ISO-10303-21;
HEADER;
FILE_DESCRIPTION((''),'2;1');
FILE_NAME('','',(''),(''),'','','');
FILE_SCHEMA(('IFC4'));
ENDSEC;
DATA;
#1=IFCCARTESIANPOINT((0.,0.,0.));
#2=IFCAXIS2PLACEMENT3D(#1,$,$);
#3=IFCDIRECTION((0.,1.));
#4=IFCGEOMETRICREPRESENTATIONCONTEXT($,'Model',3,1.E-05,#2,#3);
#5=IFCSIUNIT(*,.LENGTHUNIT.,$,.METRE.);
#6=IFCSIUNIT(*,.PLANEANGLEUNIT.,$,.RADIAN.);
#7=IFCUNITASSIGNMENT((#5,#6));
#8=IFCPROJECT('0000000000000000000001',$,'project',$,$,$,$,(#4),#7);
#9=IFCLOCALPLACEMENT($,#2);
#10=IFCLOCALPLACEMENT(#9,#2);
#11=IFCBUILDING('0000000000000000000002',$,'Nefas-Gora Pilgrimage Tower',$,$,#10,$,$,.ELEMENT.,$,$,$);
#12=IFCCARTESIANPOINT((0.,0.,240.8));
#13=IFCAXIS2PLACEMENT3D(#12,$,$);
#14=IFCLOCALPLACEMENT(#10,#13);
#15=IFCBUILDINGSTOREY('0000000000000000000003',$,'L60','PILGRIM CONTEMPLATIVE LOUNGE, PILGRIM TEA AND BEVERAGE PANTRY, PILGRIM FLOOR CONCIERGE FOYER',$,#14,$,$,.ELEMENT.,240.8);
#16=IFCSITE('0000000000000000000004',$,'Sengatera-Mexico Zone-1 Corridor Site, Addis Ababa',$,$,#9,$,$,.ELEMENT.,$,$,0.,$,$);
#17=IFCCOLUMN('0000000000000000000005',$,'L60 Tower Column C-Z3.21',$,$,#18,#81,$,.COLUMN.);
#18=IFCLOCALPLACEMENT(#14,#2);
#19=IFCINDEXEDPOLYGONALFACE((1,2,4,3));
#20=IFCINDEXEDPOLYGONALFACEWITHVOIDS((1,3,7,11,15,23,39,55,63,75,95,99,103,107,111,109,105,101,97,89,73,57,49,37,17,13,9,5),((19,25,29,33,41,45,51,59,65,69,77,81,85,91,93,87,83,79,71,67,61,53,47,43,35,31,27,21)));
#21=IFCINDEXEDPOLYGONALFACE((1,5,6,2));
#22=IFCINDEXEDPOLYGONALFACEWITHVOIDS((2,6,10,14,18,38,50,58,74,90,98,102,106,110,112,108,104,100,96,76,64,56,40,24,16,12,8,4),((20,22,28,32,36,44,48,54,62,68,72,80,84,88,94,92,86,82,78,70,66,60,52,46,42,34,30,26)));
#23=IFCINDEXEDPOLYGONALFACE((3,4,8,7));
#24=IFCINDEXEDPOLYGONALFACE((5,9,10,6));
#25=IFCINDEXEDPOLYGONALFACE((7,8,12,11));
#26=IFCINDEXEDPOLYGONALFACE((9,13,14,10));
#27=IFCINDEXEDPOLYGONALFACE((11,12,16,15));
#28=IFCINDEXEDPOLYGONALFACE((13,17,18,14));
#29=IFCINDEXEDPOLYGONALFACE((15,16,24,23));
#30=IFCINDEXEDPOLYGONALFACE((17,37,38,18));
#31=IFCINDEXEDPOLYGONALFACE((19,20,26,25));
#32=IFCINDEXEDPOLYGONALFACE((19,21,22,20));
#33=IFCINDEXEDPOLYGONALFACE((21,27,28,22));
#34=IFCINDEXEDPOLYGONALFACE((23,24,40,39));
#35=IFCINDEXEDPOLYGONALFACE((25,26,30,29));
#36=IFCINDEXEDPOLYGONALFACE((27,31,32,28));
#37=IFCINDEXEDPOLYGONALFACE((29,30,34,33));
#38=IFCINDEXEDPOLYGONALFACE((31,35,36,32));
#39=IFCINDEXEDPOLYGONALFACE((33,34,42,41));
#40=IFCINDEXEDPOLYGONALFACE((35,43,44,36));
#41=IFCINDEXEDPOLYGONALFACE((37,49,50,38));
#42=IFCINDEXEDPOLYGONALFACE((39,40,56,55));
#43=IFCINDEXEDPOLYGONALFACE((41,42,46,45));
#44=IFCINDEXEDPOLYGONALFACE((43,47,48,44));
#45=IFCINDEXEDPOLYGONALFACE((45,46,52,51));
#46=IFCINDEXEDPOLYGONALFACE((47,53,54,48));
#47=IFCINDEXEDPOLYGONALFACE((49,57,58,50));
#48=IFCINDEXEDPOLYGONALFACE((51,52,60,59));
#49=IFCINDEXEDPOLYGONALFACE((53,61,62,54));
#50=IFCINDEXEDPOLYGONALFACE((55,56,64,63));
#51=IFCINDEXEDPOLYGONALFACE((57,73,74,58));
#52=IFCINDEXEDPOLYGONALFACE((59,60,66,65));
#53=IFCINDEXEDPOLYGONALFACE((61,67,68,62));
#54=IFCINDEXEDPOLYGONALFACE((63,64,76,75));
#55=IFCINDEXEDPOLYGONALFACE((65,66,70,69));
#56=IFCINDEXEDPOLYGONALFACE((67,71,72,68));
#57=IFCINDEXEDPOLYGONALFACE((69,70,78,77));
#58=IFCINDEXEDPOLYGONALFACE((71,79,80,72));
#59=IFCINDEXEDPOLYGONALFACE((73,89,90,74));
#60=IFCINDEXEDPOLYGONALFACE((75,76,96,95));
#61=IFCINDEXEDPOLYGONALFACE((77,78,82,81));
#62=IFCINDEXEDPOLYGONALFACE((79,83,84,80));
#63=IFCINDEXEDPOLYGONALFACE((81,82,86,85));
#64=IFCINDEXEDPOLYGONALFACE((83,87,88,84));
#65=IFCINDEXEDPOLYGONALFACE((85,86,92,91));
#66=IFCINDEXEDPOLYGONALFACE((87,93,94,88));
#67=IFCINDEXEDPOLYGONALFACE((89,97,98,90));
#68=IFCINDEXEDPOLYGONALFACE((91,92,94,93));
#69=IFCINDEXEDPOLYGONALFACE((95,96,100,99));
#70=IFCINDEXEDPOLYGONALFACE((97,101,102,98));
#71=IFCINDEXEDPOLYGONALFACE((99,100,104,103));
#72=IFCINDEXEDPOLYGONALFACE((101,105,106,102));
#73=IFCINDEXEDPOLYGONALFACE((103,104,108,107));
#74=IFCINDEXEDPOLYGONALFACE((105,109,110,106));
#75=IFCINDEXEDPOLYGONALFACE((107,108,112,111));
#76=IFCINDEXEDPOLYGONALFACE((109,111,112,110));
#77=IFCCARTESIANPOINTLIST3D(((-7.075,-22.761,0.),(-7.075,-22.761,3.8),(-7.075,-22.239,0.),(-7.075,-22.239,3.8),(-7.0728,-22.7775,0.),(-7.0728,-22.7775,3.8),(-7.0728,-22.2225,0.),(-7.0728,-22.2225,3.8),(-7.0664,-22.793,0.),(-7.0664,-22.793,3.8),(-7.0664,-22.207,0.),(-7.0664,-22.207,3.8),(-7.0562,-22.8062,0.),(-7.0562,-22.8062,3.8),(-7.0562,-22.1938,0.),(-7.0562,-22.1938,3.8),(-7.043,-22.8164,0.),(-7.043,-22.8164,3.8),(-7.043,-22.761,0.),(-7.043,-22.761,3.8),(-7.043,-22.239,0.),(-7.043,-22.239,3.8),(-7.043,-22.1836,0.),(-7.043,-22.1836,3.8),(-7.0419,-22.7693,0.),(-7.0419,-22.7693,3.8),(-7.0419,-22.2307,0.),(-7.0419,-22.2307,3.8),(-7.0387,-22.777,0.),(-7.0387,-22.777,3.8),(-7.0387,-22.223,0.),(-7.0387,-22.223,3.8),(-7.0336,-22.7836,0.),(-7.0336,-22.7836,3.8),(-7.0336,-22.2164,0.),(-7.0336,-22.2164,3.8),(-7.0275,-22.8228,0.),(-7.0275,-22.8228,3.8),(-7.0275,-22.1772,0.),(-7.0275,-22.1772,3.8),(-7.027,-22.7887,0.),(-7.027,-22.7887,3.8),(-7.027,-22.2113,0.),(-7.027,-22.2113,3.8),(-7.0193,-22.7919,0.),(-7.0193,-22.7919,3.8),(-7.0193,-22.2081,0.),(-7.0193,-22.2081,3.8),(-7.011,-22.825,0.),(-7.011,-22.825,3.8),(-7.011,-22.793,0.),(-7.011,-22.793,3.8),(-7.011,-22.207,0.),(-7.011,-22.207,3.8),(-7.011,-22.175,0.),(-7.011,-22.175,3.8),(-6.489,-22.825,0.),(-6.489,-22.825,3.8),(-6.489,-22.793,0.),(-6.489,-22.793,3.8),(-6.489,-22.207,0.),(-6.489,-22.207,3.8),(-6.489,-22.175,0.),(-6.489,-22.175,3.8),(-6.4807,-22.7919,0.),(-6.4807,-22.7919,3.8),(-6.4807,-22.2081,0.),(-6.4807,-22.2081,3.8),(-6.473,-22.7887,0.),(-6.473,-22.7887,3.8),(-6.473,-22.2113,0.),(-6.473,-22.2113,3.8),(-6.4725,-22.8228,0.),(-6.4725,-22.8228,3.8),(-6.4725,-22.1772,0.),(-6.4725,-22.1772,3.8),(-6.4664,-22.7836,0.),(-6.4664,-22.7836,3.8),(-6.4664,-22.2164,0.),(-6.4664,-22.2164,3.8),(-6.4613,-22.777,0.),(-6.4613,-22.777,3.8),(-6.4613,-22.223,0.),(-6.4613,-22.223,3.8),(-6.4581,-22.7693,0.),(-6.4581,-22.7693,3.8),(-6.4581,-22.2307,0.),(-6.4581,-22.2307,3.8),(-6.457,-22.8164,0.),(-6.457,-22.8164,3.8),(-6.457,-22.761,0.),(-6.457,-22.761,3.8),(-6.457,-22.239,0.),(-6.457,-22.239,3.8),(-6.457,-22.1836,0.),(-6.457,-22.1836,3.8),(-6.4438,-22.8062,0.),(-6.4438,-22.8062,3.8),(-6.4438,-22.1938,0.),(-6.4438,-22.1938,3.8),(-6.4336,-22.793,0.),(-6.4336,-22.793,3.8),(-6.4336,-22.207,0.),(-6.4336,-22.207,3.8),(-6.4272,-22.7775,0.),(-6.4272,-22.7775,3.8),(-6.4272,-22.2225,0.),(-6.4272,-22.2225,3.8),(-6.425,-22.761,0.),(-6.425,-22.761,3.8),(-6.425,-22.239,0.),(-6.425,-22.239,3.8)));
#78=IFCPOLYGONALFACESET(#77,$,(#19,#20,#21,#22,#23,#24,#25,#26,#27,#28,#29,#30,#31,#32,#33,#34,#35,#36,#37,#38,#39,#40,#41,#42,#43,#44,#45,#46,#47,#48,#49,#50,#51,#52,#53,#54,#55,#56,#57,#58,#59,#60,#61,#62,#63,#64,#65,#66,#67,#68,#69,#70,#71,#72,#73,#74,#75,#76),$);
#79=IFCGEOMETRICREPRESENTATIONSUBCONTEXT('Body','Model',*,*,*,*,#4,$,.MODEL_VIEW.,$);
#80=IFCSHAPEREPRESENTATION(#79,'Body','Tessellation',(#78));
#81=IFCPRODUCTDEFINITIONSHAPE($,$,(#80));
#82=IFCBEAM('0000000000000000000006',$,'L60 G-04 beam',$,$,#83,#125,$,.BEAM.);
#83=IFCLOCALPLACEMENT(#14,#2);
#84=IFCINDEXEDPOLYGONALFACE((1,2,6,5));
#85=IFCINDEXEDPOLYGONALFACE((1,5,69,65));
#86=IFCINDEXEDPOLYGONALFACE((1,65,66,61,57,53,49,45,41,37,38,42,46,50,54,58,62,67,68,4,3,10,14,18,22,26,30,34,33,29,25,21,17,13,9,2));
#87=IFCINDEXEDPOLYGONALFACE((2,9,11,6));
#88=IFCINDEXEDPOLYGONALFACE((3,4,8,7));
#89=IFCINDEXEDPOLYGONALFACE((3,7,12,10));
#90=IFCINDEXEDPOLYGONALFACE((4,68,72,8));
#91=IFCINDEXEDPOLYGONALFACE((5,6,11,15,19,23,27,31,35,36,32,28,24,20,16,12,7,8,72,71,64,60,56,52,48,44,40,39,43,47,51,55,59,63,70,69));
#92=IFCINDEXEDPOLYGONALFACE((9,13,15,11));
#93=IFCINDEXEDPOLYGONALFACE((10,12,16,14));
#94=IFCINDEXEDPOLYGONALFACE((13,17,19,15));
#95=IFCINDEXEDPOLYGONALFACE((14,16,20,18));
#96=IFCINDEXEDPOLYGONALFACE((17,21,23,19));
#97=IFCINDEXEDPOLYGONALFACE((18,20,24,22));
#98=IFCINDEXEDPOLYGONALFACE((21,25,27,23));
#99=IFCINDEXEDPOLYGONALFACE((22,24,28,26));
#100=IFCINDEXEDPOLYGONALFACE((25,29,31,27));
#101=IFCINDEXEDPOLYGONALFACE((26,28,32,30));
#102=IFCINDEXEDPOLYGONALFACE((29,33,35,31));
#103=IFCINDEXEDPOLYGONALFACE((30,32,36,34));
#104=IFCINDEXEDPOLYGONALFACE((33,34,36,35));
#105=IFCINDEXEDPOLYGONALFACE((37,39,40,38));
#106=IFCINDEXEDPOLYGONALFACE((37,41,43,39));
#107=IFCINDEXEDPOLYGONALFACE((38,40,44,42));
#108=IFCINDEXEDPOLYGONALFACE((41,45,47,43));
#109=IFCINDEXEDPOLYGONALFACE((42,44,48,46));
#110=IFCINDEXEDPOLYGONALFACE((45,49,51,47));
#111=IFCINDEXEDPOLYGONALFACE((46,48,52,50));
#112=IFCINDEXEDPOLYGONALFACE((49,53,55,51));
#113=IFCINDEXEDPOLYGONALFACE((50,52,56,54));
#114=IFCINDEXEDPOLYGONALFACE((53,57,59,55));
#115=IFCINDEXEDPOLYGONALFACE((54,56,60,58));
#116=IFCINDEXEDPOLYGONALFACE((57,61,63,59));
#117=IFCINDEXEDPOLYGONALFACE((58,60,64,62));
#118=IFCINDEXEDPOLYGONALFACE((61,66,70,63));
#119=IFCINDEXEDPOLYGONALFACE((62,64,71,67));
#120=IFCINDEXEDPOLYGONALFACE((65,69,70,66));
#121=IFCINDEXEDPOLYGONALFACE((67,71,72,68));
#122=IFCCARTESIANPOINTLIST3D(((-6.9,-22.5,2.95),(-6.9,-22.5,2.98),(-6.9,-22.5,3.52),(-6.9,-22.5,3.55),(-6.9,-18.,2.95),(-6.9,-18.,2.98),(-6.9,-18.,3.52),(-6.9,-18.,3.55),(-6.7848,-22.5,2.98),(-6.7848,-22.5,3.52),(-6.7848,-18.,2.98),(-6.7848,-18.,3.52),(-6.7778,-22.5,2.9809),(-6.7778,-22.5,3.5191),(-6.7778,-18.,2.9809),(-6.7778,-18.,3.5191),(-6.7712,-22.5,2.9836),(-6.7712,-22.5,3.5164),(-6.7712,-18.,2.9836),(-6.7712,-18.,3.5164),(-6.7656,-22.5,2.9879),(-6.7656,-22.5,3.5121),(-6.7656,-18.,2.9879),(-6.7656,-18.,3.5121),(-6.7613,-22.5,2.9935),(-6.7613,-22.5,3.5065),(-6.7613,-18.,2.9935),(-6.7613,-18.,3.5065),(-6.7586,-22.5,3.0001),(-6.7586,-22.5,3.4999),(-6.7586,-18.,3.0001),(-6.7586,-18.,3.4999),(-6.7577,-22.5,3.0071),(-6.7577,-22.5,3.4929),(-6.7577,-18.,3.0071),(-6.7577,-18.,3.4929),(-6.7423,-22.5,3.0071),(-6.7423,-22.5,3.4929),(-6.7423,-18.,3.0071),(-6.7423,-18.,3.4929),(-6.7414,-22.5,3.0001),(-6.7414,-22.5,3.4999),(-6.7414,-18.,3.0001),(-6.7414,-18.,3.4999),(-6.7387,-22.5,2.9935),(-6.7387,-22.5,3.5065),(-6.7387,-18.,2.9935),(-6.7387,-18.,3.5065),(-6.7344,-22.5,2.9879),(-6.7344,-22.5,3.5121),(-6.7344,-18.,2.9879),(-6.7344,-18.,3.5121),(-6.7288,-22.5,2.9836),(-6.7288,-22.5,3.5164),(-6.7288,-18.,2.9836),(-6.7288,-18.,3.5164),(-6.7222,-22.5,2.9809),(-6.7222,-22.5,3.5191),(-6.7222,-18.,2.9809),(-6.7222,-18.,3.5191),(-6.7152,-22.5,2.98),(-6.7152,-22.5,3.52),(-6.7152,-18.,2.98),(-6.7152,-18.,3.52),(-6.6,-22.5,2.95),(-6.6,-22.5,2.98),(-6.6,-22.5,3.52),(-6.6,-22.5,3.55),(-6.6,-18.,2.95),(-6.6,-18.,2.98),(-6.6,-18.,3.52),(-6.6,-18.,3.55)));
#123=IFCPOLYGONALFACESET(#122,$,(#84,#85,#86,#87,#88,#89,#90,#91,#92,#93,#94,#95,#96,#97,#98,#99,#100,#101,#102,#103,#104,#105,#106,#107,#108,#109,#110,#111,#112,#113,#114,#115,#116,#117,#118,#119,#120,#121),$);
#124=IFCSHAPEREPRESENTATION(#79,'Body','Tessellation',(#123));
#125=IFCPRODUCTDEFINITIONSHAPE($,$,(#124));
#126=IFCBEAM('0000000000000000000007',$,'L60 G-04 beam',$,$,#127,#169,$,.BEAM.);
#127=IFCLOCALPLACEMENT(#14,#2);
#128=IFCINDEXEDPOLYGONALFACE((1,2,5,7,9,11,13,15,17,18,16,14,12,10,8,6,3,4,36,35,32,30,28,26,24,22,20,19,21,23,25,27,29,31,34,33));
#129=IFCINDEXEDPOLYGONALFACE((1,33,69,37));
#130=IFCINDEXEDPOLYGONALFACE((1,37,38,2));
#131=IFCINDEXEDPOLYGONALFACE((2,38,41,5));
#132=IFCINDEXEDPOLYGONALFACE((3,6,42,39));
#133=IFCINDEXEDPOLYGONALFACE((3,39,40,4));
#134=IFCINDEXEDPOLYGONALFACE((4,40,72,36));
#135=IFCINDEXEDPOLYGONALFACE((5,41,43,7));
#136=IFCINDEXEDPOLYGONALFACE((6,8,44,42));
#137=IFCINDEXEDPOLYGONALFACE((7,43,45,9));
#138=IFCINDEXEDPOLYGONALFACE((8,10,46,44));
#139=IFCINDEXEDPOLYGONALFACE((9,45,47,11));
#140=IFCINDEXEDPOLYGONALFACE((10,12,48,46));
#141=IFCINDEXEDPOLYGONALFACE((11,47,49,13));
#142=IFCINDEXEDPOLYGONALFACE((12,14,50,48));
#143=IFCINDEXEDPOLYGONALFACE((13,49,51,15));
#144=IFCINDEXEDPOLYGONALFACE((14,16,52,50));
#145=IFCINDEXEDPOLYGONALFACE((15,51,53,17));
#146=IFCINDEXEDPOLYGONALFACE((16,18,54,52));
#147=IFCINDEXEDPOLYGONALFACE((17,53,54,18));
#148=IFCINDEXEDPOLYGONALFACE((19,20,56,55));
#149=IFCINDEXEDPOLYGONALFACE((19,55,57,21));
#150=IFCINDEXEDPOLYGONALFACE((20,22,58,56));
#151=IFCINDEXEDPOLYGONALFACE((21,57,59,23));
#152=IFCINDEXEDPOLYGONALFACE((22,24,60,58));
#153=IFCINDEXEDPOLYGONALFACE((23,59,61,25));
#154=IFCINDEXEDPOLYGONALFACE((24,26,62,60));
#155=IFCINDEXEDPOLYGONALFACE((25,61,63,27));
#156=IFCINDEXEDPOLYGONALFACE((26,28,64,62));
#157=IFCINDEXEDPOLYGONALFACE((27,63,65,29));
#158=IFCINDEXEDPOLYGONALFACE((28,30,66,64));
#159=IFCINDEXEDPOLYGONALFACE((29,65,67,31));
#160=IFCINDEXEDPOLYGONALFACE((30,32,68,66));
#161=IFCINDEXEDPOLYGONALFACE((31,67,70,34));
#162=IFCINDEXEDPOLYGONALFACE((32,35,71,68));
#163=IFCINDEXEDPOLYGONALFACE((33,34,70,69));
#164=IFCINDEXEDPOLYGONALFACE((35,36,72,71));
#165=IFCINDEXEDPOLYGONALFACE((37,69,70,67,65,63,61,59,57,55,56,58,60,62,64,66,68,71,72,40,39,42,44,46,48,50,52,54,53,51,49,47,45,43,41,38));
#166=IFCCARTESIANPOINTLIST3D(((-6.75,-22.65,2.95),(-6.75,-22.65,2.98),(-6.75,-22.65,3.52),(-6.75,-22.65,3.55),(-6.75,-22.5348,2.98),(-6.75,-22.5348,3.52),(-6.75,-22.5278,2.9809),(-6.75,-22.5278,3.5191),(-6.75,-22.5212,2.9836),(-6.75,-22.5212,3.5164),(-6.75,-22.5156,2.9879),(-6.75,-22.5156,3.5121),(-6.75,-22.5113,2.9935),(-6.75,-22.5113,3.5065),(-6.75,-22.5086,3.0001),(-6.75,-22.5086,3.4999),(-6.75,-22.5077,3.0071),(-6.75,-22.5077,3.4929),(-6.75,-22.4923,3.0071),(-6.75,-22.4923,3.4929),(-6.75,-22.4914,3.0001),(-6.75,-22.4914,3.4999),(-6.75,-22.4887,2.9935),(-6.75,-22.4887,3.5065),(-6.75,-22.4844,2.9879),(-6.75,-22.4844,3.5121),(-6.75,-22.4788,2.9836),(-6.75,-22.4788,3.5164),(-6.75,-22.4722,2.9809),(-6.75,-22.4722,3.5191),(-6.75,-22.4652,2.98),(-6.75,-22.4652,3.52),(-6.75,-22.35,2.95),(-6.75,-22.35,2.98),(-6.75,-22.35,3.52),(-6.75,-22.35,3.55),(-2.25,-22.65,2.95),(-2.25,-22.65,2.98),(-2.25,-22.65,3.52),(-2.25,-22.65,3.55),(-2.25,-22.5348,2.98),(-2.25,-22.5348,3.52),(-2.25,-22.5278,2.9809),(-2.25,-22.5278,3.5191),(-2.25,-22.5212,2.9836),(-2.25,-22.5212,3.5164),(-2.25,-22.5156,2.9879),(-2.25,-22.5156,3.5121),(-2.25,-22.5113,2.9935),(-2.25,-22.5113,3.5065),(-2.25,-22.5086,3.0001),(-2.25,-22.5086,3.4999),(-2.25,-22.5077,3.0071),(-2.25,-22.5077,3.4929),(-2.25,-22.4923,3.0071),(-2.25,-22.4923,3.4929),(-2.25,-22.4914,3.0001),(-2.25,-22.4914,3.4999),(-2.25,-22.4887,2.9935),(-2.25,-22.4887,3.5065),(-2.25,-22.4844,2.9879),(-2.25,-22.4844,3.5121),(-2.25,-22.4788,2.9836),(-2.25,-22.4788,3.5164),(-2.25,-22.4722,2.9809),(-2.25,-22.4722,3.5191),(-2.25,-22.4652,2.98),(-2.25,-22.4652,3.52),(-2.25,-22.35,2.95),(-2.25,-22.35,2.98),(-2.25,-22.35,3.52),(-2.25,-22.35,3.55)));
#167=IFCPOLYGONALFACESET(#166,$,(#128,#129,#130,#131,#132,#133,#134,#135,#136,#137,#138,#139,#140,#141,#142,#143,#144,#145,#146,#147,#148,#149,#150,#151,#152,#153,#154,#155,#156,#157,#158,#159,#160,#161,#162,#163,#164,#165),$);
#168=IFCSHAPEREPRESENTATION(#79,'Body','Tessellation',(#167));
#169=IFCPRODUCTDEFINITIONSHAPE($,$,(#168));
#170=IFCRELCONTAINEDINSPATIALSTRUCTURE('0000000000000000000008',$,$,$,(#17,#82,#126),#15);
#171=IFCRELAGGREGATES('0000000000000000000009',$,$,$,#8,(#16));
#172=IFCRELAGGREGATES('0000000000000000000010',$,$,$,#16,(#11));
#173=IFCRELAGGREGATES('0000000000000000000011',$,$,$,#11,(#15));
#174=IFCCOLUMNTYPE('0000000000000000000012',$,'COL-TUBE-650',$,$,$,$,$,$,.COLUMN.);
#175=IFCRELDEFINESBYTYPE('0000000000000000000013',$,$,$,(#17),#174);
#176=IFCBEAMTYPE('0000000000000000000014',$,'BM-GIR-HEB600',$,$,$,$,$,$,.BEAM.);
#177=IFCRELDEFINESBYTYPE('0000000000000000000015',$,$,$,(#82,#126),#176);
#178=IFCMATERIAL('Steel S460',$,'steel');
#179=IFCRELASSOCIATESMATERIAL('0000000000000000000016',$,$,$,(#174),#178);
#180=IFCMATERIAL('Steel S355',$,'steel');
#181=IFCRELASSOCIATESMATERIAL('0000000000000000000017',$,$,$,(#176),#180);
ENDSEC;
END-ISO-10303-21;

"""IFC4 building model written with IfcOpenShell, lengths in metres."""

from ifc_helpers import new_model, si_unit, direction, frame, origin, origin_2d, place, context, subcontext, project, spatial, hollow_rectangle, i_section, extrude, source, transform, mapped, material, material_profile, profile_set, type_object, element, save


model = new_model("IFC4")

# Units and contexts
model_context = context("Model", 3, precision=1e-05, world=origin(), true_north=direction((0.0, 1.0)))
body_context = subcontext(model_context, "Body", "Model", "MODEL_VIEW")
ifc_project = project(units=[si_unit("LENGTHUNIT", "METRE"), si_unit("PLANEANGLEUNIT", "RADIAN")], contexts=[model_context])

# Site, building, storey
site_placement = place(None, origin())
site = spatial("IfcSite", under=ifc_project, at=site_placement, Name="Sengatera-Mexico Zone-1 Corridor Site, Addis Ababa", CompositionType="ELEMENT", RefElevation=0.0)
building_placement = place(site_placement, origin())
building = spatial("IfcBuilding", under=site, at=building_placement, Name="Nefas-Gora Pilgrimage Tower", CompositionType="ELEMENT")
storey_placement = place(building_placement, frame((0.0, 0.0, 240.8)))
storey = spatial("IfcBuildingStorey", under=building, at=storey_placement, Name="L60", Description="PILGRIM CONTEMPLATIVE LOUNGE, PILGRIM TEA AND BEVERAGE PANTRY, PILGRIM FLOOR CONCIERGE FOYER", CompositionType="ELEMENT", Elevation=240.8)

# Column
ifc_material_1 = material(Name="Steel S460", Category="steel")
ifc_material_profile_1 = material_profile(ifc_material_1, hollow_rectangle(XDim=0.6499, YDim=0.6499, WallThickness=0.032, InnerFilletRadius=0.032, OuterFilletRadius=0.064, at=origin_2d()), Name="BOX 650x650x32")
ifc_profile_set_1 = profile_set([ifc_material_profile_1], Name="Steel S460")
column_type_1 = type_object("IfcColumnType", Name="COL-TUBE-650", PredefinedType="COLUMN", material=ifc_profile_set_1)
shared_shape_1 = source(origin(), body_context, "Body", "SweptSolid", [
    extrude(hollow_rectangle(XDim=0.6499, YDim=0.6499, WallThickness=0.032, InnerFilletRadius=0.032, OuterFilletRadius=0.064, at=origin_2d()), origin(), (0.0, 0.0, 1.0), 3.8),
])
column_placement = place(storey_placement, frame((-6.75, -22.5, 0.0), z_axis=(0.0, 0.0, 1.0), x_axis=(1.0, 0.0, 0.0)))
element("IfcColumn", 1, at=column_placement, inside=storey, type_object=column_type_1, Name="L60 Tower Column C-Z3.21", PredefinedType="COLUMN", context=body_context, shape_type="MappedRepresentation", body=[
    mapped(shared_shape_1, transform((0.0, 0.0, 0.0), x_axis=(1.0, 0.0, 0.0), y_axis=(0.0, 1.0, 0.0), z_axis=(0.0, 0.0, 1.0), scale=1.0)),
])

# Beams
ifc_material_2 = material(Name="Steel S355", Category="steel")
ifc_material_profile_2 = material_profile(ifc_material_2, i_section(OverallWidth=0.3, OverallDepth=0.6001, WebThickness=0.0154, FlangeThickness=0.03, FilletRadius=0.0271, at=origin_2d()), Name="HEB 600")
ifc_profile_set_2 = profile_set([ifc_material_profile_2], Name="Steel S355")
beam_type = type_object("IfcBeamType", Name="BM-GIR-HEB600", PredefinedType="BEAM", material=ifc_profile_set_2)
shared_shape_2 = source(origin(), body_context, "Body", "SweptSolid", [
    extrude(i_section(OverallWidth=0.3, OverallDepth=0.6001, WebThickness=0.0154, FlangeThickness=0.03, FilletRadius=0.0271, at=origin_2d()), origin(), (0.0, 0.0, 1.0), 4.5),
])
for number, where, z_axis, x_axis, name in (
    (2, (-6.75, -22.5, 3.25), (0.0, 1.0, 0.0), (-1.0, 0.0, 0.0), "L60 G-04 beam"),
    (3, (-6.75, -22.5, 3.25), (1.0, 0.0, 0.0), (0.0, 1.0, 0.0), "L60 G-04 beam"),
):
    element("IfcBeam", number, at=place(storey_placement, frame(where, z_axis=z_axis, x_axis=x_axis)), inside=storey, type_object=beam_type, Name=name, PredefinedType="BEAM", context=body_context, shape_type="MappedRepresentation", body=[
        mapped(shared_shape_2, transform((0.0, 0.0, 0.0), x_axis=(1.0, 0.0, 0.0), y_axis=(0.0, 1.0, 0.0), z_axis=(0.0, 0.0, 1.0), scale=1.0)),
    ])

save(model, "model.ifc")
